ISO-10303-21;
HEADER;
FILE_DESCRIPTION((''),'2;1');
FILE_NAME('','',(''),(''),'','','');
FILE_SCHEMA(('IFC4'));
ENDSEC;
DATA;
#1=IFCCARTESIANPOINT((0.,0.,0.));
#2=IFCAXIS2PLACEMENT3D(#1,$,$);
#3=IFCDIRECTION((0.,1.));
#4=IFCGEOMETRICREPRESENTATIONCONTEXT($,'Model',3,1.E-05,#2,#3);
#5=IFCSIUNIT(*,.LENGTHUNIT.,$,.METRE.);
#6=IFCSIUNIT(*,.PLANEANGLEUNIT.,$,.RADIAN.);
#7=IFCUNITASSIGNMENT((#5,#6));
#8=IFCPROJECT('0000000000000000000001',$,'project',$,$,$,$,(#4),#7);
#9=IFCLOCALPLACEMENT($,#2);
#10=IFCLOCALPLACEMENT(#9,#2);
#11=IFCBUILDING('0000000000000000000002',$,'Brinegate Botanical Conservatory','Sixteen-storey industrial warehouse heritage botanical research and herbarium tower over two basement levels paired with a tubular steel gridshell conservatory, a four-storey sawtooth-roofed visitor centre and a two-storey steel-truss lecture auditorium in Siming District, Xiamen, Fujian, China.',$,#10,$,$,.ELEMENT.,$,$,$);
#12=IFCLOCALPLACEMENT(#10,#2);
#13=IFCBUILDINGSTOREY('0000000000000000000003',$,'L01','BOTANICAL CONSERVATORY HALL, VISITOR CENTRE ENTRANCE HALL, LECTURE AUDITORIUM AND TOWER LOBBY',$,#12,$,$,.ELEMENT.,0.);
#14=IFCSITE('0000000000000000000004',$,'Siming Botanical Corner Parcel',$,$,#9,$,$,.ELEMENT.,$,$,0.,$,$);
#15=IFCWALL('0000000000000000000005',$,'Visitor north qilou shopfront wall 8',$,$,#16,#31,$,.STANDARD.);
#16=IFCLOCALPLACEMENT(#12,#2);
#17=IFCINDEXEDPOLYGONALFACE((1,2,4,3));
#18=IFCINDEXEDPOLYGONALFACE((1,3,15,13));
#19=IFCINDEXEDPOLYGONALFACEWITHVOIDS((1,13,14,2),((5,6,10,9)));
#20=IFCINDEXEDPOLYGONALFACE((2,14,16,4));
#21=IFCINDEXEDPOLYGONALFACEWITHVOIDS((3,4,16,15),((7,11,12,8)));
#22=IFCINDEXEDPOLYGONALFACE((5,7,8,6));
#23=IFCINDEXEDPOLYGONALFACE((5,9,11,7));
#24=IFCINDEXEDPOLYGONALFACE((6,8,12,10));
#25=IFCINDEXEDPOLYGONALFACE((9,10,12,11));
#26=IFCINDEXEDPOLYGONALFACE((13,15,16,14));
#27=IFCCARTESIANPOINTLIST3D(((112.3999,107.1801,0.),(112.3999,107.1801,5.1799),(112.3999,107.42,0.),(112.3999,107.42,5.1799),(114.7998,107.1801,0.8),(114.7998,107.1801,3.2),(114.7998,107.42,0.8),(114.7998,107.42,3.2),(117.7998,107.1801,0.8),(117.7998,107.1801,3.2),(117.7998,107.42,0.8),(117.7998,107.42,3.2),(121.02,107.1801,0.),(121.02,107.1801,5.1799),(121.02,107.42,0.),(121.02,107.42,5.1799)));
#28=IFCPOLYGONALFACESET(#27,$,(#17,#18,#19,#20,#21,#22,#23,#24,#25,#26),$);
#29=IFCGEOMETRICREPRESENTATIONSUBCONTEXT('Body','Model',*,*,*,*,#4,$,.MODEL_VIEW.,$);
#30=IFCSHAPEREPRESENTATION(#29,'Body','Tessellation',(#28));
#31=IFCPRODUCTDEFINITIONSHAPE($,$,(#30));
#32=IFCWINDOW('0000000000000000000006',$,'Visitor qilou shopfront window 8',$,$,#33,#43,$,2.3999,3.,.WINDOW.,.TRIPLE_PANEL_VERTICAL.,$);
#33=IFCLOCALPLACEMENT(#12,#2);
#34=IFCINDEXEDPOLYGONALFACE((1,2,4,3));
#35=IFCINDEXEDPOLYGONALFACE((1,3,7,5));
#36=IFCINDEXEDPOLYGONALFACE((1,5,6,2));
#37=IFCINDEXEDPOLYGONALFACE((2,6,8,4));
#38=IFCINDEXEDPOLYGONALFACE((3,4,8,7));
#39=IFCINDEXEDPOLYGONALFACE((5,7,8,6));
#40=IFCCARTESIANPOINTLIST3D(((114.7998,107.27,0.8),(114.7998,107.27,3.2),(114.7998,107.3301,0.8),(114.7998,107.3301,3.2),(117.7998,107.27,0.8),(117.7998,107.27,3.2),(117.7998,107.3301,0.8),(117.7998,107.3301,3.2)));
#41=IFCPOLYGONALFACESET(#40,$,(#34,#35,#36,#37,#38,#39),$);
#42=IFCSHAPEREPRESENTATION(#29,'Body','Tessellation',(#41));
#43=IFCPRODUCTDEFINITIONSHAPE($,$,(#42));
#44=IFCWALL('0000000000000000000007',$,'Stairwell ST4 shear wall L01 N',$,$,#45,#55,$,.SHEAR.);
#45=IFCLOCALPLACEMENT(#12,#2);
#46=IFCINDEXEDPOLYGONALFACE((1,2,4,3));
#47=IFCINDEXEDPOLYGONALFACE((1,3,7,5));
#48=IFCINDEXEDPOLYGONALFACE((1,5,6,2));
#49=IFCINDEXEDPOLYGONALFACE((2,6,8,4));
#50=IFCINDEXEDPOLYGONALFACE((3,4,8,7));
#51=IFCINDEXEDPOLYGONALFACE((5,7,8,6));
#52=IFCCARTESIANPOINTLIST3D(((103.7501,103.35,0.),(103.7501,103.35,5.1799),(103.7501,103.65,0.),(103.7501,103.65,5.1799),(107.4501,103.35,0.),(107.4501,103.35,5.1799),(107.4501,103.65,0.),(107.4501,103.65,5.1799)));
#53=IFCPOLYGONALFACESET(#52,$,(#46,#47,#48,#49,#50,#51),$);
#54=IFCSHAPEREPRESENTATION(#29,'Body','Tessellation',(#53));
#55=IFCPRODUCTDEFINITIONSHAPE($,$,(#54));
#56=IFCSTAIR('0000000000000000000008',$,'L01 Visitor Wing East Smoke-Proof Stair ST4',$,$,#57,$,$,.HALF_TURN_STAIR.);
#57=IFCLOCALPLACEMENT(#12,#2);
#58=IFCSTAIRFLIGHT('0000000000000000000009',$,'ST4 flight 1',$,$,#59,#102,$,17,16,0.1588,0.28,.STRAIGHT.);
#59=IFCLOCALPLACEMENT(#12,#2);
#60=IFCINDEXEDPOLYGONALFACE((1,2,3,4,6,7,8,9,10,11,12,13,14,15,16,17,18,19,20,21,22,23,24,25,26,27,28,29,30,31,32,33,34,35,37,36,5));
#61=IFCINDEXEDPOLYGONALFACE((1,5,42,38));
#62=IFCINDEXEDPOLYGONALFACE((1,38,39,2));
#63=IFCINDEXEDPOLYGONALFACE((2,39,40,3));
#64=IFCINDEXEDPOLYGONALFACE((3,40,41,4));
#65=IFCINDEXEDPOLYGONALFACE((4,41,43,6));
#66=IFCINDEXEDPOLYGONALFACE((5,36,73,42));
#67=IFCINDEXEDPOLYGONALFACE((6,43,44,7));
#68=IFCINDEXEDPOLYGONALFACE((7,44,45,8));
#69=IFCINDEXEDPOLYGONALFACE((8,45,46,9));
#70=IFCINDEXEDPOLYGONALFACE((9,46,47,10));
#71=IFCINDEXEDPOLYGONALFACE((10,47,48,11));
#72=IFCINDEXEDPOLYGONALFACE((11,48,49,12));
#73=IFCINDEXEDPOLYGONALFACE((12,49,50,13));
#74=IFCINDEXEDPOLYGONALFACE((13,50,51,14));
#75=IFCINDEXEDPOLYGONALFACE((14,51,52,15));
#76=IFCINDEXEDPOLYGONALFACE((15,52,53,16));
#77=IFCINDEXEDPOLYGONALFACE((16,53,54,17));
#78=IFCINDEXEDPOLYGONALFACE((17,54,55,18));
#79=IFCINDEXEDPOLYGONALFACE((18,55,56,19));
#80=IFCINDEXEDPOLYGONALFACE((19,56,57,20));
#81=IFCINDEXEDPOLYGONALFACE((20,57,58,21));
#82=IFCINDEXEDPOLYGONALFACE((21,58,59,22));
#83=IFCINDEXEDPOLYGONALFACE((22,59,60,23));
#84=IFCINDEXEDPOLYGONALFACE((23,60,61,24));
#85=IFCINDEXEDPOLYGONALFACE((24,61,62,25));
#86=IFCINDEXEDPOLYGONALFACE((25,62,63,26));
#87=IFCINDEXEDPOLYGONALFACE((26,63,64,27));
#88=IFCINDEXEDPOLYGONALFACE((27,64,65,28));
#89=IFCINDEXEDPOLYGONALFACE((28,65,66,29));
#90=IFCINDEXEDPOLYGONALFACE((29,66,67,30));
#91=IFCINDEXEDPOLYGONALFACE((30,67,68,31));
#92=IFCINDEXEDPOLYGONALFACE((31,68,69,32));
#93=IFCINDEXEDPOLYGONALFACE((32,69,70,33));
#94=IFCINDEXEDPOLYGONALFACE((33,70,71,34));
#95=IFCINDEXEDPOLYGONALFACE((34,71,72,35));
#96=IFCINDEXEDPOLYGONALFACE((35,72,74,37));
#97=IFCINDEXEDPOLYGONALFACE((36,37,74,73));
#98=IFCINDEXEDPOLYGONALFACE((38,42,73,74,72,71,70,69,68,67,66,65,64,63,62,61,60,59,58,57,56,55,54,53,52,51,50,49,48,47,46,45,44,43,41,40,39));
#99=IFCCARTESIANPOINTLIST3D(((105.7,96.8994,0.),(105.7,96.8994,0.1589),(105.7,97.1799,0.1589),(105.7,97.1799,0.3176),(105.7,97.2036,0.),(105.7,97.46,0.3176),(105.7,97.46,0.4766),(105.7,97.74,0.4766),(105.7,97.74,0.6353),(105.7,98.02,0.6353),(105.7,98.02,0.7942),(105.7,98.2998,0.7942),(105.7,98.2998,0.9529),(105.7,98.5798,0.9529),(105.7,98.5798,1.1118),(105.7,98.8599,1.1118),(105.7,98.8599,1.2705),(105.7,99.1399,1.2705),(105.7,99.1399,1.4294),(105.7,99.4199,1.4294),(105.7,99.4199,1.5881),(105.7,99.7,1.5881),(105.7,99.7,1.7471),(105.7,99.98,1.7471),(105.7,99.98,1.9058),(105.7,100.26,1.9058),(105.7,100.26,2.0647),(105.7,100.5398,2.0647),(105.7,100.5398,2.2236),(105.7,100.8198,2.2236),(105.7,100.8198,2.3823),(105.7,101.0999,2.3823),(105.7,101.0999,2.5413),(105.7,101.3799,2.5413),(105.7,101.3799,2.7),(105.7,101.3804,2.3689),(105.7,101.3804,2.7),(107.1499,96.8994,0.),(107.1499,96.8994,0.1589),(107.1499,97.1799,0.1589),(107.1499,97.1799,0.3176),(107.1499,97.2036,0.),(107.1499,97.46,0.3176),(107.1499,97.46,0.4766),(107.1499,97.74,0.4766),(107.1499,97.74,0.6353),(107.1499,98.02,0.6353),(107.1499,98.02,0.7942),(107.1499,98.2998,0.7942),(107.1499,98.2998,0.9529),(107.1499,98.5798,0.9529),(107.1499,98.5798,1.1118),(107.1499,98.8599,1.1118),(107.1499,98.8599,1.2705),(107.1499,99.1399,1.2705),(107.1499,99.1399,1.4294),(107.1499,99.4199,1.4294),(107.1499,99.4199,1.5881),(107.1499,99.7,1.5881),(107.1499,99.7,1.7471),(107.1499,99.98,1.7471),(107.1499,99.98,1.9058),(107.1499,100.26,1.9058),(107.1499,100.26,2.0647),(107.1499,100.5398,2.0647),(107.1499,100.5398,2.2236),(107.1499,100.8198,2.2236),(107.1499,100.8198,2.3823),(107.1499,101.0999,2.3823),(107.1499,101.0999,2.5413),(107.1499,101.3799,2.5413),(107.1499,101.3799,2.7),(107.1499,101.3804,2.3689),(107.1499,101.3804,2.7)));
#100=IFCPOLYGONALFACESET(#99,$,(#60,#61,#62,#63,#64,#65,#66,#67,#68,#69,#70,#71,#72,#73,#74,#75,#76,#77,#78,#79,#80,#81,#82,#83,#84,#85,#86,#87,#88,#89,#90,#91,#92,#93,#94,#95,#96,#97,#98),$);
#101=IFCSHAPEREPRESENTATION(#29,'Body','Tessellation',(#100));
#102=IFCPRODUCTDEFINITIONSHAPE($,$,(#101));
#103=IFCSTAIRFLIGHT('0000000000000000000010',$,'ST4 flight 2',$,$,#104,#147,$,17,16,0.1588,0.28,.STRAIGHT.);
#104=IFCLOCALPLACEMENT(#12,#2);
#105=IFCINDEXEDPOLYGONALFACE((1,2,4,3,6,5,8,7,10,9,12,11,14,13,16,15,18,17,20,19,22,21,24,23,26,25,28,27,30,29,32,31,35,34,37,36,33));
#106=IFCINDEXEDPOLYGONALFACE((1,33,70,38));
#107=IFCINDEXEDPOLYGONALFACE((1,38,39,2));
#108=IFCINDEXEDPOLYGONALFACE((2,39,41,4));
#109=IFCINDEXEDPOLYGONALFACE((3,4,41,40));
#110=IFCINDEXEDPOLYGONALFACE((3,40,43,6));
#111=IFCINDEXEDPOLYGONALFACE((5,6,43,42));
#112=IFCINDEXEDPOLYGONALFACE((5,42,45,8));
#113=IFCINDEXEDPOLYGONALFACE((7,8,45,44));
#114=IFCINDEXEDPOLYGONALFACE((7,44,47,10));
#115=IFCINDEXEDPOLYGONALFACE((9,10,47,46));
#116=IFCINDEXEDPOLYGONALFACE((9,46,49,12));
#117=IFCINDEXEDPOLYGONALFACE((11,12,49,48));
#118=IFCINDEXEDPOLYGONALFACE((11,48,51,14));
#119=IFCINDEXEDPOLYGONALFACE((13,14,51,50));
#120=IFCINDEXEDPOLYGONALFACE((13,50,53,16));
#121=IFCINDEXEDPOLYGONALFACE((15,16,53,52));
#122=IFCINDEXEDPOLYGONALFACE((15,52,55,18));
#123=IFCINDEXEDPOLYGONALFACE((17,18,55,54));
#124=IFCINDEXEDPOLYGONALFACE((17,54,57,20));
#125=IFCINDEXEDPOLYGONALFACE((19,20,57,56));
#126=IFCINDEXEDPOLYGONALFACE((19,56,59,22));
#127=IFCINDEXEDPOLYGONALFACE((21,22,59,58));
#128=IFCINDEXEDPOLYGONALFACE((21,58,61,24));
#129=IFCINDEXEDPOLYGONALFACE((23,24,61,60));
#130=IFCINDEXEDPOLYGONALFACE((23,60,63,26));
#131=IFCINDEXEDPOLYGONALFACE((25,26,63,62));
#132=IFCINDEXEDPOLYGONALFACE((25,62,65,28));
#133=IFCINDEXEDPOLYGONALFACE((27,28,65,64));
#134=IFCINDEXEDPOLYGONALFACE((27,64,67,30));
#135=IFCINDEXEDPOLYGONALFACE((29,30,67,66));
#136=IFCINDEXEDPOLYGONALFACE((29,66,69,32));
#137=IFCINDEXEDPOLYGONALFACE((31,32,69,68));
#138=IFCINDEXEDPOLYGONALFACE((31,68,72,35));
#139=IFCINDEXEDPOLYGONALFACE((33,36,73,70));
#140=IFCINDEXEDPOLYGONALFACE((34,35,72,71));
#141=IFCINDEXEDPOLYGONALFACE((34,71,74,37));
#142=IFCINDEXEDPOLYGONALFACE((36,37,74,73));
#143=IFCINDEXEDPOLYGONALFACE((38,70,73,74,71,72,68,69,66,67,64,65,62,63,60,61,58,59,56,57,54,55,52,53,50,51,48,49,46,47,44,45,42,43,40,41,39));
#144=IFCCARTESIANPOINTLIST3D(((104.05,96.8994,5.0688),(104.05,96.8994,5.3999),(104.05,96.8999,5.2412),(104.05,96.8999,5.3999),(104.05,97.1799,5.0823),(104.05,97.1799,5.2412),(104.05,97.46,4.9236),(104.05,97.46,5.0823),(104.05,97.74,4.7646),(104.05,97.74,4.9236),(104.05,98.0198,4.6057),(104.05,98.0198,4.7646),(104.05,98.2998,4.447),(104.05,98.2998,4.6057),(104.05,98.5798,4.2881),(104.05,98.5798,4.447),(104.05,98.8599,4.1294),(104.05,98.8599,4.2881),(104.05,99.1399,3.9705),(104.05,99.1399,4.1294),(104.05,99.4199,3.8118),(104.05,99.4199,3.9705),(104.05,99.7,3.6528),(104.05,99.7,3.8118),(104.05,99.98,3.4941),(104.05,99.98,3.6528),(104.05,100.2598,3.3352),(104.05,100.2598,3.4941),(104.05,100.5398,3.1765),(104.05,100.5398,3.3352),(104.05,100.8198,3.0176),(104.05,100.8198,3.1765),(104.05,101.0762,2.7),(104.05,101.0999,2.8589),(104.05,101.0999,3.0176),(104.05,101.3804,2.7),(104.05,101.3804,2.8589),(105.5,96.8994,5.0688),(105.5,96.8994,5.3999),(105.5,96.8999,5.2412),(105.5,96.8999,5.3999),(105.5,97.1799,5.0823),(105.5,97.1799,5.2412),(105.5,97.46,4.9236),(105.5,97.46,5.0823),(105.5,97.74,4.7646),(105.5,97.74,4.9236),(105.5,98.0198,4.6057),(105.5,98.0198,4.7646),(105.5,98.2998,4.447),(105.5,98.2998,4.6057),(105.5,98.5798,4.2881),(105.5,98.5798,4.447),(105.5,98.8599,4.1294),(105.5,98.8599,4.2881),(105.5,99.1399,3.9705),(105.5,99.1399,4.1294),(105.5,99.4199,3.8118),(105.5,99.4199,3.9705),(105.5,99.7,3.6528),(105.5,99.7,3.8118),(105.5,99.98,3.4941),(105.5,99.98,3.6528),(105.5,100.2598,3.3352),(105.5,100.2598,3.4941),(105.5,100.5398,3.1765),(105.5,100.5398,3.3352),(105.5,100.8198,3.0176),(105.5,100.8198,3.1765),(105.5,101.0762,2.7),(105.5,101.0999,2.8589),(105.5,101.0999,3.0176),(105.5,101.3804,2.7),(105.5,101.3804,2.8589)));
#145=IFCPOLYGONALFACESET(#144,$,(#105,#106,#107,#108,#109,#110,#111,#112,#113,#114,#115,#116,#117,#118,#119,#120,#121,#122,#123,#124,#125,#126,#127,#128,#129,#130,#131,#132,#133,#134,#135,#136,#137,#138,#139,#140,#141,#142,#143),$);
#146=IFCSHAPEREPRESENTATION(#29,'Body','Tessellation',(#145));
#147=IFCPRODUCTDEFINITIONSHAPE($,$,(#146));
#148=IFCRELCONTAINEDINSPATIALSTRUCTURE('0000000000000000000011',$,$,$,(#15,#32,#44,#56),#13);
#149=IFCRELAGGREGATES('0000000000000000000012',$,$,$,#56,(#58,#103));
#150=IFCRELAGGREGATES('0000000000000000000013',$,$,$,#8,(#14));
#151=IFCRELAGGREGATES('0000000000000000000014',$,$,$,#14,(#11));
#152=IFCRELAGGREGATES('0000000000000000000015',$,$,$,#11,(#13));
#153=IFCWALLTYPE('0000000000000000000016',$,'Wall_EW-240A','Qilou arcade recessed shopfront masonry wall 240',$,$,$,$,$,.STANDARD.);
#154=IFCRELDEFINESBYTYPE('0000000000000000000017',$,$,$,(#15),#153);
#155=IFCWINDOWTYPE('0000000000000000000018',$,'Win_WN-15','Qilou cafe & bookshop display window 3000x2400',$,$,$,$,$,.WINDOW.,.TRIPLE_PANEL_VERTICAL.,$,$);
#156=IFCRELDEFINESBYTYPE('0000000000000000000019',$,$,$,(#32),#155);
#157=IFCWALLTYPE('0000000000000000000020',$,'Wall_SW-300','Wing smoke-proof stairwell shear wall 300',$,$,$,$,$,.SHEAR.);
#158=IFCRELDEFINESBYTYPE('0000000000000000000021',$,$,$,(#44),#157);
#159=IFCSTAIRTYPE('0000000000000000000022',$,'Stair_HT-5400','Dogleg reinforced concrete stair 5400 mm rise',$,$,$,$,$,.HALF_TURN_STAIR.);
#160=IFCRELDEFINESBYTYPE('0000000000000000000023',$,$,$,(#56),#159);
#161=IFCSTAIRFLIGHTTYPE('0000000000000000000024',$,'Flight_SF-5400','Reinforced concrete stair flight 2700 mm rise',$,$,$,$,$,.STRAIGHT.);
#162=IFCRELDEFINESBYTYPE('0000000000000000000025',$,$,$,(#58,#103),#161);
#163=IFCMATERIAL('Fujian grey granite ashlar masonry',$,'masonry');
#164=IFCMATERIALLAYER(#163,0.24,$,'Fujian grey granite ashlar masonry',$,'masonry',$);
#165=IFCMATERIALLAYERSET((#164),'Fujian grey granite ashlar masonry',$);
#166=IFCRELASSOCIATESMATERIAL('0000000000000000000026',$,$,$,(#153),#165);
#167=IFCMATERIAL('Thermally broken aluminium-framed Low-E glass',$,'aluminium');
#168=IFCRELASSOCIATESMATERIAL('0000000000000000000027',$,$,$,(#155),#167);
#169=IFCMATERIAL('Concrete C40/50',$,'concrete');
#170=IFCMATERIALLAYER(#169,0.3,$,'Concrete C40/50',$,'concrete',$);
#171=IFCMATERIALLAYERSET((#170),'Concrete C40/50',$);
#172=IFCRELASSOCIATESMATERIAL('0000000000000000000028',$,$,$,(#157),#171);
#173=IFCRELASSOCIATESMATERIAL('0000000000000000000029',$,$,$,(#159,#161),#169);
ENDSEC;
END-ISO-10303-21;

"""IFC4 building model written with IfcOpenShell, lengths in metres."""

from ifc_helpers import new_model, si_unit, direction, frame, frame_2d, origin, place, context, subcontext, project, spatial, polyline, rectangle, outline, extrude, material, layer, layer_set, type_object, element, fill, aggregate, save


model = new_model("IFC4")

# Units and contexts
model_context = context("Model", 3, precision=1e-05, world=origin(), true_north=direction((0.0, 1.0)))
body_context = subcontext(model_context, "Body", "Model", "MODEL_VIEW")
ifc_project = project(units=[si_unit("LENGTHUNIT", "METRE"), si_unit("PLANEANGLEUNIT", "RADIAN")], contexts=[model_context])

# Site, building, storey
site_placement = place(None, origin())
site = spatial("IfcSite", under=ifc_project, at=site_placement, Name="Siming Botanical Corner Parcel", CompositionType="ELEMENT", RefElevation=0.0)
building_placement = place(site_placement, origin())
building = spatial("IfcBuilding", under=site, at=building_placement, Name="Brinegate Botanical Conservatory", Description="Sixteen-storey industrial warehouse heritage botanical research and herbarium tower over two basement levels paired with a tubular steel gridshell conservatory, a four-storey sawtooth-roofed visitor centre and a two-storey steel-truss lecture auditorium in Siming District, Xiamen, Fujian, China.", CompositionType="ELEMENT")
storey_placement = place(building_placement, origin())
storey = spatial("IfcBuildingStorey", under=building, at=storey_placement, Name="L01", Description="BOTANICAL CONSERVATORY HALL, VISITOR CENTRE ENTRANCE HALL, LECTURE AUDITORIUM AND TOWER LOBBY", CompositionType="ELEMENT", Elevation=0.0)

# Shared definitions
ifc_material_1 = material(Name="Concrete C40/50", Category="concrete")

# Shared definitions
ifc_material_2 = material(Name="Fujian grey granite ashlar masonry", Category="masonry")
ifc_layer_1 = layer(ifc_material_2, 0.24, Name="Fujian grey granite ashlar masonry", Category="masonry")
ifc_layer_set_1 = layer_set([ifc_layer_1], Name="Fujian grey granite ashlar masonry")
wall_type_1 = type_object("IfcWallType", Name="Wall_EW-240A", Description="Qilou arcade recessed shopfront masonry wall 240", PredefinedType="STANDARD", material=ifc_layer_set_1)
ifc_material_3 = material(Name="Thermally broken aluminium-framed Low-E glass", Category="aluminium")
window_type = type_object("IfcWindowType", Name="Win_WN-15", Description="Qilou cafe & bookshop display window 3000x2400", PartitioningType="TRIPLE_PANEL_VERTICAL", PredefinedType="WINDOW", material=ifc_material_3)

# Wall, opening, window
wall_1_placement = place(storey_placement, frame((112.3999, 107.3, 0.0), z_axis=(0.0, 0.0, 1.0), x_axis=(1.0, 0.0, 0.0)))
wall_1 = element("IfcWall", 1, at=wall_1_placement, inside=storey, type_object=wall_type_1, Name="Visitor north qilou shopfront wall 8", PredefinedType="STANDARD", context=body_context, shape_type="SweptSolid", body=[
    extrude(rectangle(XDim=8.6201, YDim=0.24, at=frame_2d((4.3101, 0.0))), origin(), (0.0, 0.0, 1.0), 5.1799),
])
opening_1_placement = place(wall_1_placement, frame((2.3999, 0.0, 0.8)))
opening_1 = element("IfcOpeningElement", 2, at=opening_1_placement, cuts=wall_1, PredefinedType="OPENING", context=body_context, shape_type="SweptSolid", body=[
    extrude(rectangle(XDim=3.0, YDim=2.3999, at=frame_2d((1.5, 1.2))), frame((0.0, 0.1299, 0.0), z_axis=(0.0, -1.0, 0.0), x_axis=(1.0, 0.0, 0.0)), (0.0, 0.0, 1.0), 0.26),
])
window_1_placement = place(opening_1_placement, origin())
window_1 = element("IfcWindow", 3, at=window_1_placement, inside=storey, type_object=window_type, Name="Visitor qilou shopfront window 8", OverallHeight=2.3999, OverallWidth=3.0, PartitioningType="TRIPLE_PANEL_VERTICAL", PredefinedType="WINDOW", context=body_context, shape_type="SweptSolid", body=[
    extrude(rectangle(XDim=3.0, YDim=2.3999, at=frame_2d((1.5, 1.2))), frame((0.0, 0.03, 0.0), z_axis=(0.0, -1.0, 0.0), x_axis=(1.0, 0.0, 0.0)), (0.0, 0.0, 1.0), 0.0601),
])
fill(opening_1, window_1)

# Wall
ifc_layer_2 = layer(ifc_material_1, 0.3, Name="Concrete C40/50", Category="concrete")
ifc_layer_set_2 = layer_set([ifc_layer_2], Name="Concrete C40/50")
wall_type_2 = type_object("IfcWallType", Name="Wall_SW-300", Description="Wing smoke-proof stairwell shear wall 300", PredefinedType="SHEAR", material=ifc_layer_set_2)
wall_2_placement = place(storey_placement, frame((103.75, 103.5, 0.0), z_axis=(0.0, 0.0, 1.0), x_axis=(1.0, 0.0, 0.0)))
element("IfcWall", 4, at=wall_2_placement, inside=storey, type_object=wall_type_2, Name="Stairwell ST4 shear wall L01 N", PredefinedType="SHEAR", context=body_context, shape_type="SweptSolid", body=[
    extrude(rectangle(XDim=3.7, YDim=0.3, at=frame_2d((1.8501, 0.0))), origin(), (0.0, 0.0, 1.0), 5.1799),
])

# Stair, stair flights
stair_type = type_object("IfcStairType", Name="Stair_HT-5400", Description="Dogleg reinforced concrete stair 5400 mm rise", PredefinedType="HALF_TURN_STAIR", material=ifc_material_1)
stair_placement = place(storey_placement, origin())
stair = element("IfcStair", 5, at=stair_placement, inside=storey, type_object=stair_type, Name="L01 Visitor Wing East Smoke-Proof Stair ST4", PredefinedType="HALF_TURN_STAIR")
stair_flight_type = type_object("IfcStairFlightType", Name="Flight_SF-5400", Description="Reinforced concrete stair flight 2700 mm rise", PredefinedType="STRAIGHT", material=ifc_material_1)
stair_flight_1_placement = place(storey_placement, frame((106.425, 96.8999, 0.0), z_axis=(0.0, 0.0, 1.0), x_axis=(0.0, 1.0, 0.0)))
stair_flight_1 = element("IfcStairFlight", 6, at=stair_flight_1_placement, type_object=stair_flight_type, Name="ST4 flight 1", NumberOfRisers=17, NumberOfTreads=16, PredefinedType="STRAIGHT", RiserHeight=0.1588, TreadLength=0.28, context=body_context, shape_type="SweptSolid", body=[
    extrude(outline(polyline([(-0.0005, 0.0), (-0.0005, 0.1589), (0.28, 0.1589), (0.28, 0.3176), (0.5601, 0.3176), (0.5601, 0.4766), (0.8401, 0.4766), (0.8401, 0.6353), (1.1201, 0.6353), (1.1201, 0.7942), (1.3999, 0.7942), (1.3999, 0.9529), (1.6799, 0.9529), (1.6799, 1.1118), (1.96, 1.1118), (1.96, 1.2705), (2.24, 1.2705), (2.24, 1.4294), (2.52, 1.4294), (2.52, 1.5881), (2.8, 1.5881), (2.8, 1.7471), (3.0801, 1.7471), (3.0801, 1.9058), (3.3601, 1.9058), (3.3601, 2.0647), (3.6399, 2.0647), (3.6399, 2.2236), (3.9199, 2.2236), (3.9199, 2.3823), (4.2, 2.3823), (4.2, 2.5413), (4.48, 2.5413), (4.48, 2.7), (4.4805, 2.7), (4.4805, 2.3689), (0.3037, 0.0), (-0.0005, 0.0)])), frame((0.0, 0.7251, 0.0), z_axis=(0.0, -1.0, 0.0), x_axis=(1.0, 0.0, 0.0)), (0.0, 0.0, 1.0), 1.45),
])
stair_flight_2_placement = place(storey_placement, frame((104.7749, 101.3799, 2.7), z_axis=(0.0, 0.0, 1.0), x_axis=(0.0, -1.0, 0.0)))
stair_flight_2 = element("IfcStairFlight", 7, at=stair_flight_2_placement, type_object=stair_flight_type, Name="ST4 flight 2", NumberOfRisers=17, NumberOfTreads=16, PredefinedType="STRAIGHT", RiserHeight=0.1588, TreadLength=0.28, context=body_context, shape_type="SweptSolid", body=[
    extrude(outline(polyline([(-0.0005, 0.0), (-0.0005, 0.1589), (0.28, 0.1589), (0.28, 0.3176), (0.5601, 0.3176), (0.5601, 0.4766), (0.8401, 0.4766), (0.8401, 0.6353), (1.1201, 0.6353), (1.1201, 0.7942), (1.3999, 0.7942), (1.3999, 0.9529), (1.6799, 0.9529), (1.6799, 1.1118), (1.96, 1.1118), (1.96, 1.2705), (2.24, 1.2705), (2.24, 1.4294), (2.52, 1.4294), (2.52, 1.5881), (2.8, 1.5881), (2.8, 1.7471), (3.0801, 1.7471), (3.0801, 1.9058), (3.3601, 1.9058), (3.3601, 2.0647), (3.6399, 2.0647), (3.6399, 2.2236), (3.9199, 2.2236), (3.9199, 2.3823), (4.2, 2.3823), (4.2, 2.5413), (4.48, 2.5413), (4.48, 2.7), (4.4805, 2.7), (4.4805, 2.3689), (0.3037, 0.0), (-0.0005, 0.0)])), frame((0.0, 0.7251, 0.0), z_axis=(0.0, -1.0, 0.0), x_axis=(1.0, 0.0, 0.0)), (0.0, 0.0, 1.0), 1.45),
])
aggregate(stair, [stair_flight_1, stair_flight_2])

save(model, "model.ifc")
